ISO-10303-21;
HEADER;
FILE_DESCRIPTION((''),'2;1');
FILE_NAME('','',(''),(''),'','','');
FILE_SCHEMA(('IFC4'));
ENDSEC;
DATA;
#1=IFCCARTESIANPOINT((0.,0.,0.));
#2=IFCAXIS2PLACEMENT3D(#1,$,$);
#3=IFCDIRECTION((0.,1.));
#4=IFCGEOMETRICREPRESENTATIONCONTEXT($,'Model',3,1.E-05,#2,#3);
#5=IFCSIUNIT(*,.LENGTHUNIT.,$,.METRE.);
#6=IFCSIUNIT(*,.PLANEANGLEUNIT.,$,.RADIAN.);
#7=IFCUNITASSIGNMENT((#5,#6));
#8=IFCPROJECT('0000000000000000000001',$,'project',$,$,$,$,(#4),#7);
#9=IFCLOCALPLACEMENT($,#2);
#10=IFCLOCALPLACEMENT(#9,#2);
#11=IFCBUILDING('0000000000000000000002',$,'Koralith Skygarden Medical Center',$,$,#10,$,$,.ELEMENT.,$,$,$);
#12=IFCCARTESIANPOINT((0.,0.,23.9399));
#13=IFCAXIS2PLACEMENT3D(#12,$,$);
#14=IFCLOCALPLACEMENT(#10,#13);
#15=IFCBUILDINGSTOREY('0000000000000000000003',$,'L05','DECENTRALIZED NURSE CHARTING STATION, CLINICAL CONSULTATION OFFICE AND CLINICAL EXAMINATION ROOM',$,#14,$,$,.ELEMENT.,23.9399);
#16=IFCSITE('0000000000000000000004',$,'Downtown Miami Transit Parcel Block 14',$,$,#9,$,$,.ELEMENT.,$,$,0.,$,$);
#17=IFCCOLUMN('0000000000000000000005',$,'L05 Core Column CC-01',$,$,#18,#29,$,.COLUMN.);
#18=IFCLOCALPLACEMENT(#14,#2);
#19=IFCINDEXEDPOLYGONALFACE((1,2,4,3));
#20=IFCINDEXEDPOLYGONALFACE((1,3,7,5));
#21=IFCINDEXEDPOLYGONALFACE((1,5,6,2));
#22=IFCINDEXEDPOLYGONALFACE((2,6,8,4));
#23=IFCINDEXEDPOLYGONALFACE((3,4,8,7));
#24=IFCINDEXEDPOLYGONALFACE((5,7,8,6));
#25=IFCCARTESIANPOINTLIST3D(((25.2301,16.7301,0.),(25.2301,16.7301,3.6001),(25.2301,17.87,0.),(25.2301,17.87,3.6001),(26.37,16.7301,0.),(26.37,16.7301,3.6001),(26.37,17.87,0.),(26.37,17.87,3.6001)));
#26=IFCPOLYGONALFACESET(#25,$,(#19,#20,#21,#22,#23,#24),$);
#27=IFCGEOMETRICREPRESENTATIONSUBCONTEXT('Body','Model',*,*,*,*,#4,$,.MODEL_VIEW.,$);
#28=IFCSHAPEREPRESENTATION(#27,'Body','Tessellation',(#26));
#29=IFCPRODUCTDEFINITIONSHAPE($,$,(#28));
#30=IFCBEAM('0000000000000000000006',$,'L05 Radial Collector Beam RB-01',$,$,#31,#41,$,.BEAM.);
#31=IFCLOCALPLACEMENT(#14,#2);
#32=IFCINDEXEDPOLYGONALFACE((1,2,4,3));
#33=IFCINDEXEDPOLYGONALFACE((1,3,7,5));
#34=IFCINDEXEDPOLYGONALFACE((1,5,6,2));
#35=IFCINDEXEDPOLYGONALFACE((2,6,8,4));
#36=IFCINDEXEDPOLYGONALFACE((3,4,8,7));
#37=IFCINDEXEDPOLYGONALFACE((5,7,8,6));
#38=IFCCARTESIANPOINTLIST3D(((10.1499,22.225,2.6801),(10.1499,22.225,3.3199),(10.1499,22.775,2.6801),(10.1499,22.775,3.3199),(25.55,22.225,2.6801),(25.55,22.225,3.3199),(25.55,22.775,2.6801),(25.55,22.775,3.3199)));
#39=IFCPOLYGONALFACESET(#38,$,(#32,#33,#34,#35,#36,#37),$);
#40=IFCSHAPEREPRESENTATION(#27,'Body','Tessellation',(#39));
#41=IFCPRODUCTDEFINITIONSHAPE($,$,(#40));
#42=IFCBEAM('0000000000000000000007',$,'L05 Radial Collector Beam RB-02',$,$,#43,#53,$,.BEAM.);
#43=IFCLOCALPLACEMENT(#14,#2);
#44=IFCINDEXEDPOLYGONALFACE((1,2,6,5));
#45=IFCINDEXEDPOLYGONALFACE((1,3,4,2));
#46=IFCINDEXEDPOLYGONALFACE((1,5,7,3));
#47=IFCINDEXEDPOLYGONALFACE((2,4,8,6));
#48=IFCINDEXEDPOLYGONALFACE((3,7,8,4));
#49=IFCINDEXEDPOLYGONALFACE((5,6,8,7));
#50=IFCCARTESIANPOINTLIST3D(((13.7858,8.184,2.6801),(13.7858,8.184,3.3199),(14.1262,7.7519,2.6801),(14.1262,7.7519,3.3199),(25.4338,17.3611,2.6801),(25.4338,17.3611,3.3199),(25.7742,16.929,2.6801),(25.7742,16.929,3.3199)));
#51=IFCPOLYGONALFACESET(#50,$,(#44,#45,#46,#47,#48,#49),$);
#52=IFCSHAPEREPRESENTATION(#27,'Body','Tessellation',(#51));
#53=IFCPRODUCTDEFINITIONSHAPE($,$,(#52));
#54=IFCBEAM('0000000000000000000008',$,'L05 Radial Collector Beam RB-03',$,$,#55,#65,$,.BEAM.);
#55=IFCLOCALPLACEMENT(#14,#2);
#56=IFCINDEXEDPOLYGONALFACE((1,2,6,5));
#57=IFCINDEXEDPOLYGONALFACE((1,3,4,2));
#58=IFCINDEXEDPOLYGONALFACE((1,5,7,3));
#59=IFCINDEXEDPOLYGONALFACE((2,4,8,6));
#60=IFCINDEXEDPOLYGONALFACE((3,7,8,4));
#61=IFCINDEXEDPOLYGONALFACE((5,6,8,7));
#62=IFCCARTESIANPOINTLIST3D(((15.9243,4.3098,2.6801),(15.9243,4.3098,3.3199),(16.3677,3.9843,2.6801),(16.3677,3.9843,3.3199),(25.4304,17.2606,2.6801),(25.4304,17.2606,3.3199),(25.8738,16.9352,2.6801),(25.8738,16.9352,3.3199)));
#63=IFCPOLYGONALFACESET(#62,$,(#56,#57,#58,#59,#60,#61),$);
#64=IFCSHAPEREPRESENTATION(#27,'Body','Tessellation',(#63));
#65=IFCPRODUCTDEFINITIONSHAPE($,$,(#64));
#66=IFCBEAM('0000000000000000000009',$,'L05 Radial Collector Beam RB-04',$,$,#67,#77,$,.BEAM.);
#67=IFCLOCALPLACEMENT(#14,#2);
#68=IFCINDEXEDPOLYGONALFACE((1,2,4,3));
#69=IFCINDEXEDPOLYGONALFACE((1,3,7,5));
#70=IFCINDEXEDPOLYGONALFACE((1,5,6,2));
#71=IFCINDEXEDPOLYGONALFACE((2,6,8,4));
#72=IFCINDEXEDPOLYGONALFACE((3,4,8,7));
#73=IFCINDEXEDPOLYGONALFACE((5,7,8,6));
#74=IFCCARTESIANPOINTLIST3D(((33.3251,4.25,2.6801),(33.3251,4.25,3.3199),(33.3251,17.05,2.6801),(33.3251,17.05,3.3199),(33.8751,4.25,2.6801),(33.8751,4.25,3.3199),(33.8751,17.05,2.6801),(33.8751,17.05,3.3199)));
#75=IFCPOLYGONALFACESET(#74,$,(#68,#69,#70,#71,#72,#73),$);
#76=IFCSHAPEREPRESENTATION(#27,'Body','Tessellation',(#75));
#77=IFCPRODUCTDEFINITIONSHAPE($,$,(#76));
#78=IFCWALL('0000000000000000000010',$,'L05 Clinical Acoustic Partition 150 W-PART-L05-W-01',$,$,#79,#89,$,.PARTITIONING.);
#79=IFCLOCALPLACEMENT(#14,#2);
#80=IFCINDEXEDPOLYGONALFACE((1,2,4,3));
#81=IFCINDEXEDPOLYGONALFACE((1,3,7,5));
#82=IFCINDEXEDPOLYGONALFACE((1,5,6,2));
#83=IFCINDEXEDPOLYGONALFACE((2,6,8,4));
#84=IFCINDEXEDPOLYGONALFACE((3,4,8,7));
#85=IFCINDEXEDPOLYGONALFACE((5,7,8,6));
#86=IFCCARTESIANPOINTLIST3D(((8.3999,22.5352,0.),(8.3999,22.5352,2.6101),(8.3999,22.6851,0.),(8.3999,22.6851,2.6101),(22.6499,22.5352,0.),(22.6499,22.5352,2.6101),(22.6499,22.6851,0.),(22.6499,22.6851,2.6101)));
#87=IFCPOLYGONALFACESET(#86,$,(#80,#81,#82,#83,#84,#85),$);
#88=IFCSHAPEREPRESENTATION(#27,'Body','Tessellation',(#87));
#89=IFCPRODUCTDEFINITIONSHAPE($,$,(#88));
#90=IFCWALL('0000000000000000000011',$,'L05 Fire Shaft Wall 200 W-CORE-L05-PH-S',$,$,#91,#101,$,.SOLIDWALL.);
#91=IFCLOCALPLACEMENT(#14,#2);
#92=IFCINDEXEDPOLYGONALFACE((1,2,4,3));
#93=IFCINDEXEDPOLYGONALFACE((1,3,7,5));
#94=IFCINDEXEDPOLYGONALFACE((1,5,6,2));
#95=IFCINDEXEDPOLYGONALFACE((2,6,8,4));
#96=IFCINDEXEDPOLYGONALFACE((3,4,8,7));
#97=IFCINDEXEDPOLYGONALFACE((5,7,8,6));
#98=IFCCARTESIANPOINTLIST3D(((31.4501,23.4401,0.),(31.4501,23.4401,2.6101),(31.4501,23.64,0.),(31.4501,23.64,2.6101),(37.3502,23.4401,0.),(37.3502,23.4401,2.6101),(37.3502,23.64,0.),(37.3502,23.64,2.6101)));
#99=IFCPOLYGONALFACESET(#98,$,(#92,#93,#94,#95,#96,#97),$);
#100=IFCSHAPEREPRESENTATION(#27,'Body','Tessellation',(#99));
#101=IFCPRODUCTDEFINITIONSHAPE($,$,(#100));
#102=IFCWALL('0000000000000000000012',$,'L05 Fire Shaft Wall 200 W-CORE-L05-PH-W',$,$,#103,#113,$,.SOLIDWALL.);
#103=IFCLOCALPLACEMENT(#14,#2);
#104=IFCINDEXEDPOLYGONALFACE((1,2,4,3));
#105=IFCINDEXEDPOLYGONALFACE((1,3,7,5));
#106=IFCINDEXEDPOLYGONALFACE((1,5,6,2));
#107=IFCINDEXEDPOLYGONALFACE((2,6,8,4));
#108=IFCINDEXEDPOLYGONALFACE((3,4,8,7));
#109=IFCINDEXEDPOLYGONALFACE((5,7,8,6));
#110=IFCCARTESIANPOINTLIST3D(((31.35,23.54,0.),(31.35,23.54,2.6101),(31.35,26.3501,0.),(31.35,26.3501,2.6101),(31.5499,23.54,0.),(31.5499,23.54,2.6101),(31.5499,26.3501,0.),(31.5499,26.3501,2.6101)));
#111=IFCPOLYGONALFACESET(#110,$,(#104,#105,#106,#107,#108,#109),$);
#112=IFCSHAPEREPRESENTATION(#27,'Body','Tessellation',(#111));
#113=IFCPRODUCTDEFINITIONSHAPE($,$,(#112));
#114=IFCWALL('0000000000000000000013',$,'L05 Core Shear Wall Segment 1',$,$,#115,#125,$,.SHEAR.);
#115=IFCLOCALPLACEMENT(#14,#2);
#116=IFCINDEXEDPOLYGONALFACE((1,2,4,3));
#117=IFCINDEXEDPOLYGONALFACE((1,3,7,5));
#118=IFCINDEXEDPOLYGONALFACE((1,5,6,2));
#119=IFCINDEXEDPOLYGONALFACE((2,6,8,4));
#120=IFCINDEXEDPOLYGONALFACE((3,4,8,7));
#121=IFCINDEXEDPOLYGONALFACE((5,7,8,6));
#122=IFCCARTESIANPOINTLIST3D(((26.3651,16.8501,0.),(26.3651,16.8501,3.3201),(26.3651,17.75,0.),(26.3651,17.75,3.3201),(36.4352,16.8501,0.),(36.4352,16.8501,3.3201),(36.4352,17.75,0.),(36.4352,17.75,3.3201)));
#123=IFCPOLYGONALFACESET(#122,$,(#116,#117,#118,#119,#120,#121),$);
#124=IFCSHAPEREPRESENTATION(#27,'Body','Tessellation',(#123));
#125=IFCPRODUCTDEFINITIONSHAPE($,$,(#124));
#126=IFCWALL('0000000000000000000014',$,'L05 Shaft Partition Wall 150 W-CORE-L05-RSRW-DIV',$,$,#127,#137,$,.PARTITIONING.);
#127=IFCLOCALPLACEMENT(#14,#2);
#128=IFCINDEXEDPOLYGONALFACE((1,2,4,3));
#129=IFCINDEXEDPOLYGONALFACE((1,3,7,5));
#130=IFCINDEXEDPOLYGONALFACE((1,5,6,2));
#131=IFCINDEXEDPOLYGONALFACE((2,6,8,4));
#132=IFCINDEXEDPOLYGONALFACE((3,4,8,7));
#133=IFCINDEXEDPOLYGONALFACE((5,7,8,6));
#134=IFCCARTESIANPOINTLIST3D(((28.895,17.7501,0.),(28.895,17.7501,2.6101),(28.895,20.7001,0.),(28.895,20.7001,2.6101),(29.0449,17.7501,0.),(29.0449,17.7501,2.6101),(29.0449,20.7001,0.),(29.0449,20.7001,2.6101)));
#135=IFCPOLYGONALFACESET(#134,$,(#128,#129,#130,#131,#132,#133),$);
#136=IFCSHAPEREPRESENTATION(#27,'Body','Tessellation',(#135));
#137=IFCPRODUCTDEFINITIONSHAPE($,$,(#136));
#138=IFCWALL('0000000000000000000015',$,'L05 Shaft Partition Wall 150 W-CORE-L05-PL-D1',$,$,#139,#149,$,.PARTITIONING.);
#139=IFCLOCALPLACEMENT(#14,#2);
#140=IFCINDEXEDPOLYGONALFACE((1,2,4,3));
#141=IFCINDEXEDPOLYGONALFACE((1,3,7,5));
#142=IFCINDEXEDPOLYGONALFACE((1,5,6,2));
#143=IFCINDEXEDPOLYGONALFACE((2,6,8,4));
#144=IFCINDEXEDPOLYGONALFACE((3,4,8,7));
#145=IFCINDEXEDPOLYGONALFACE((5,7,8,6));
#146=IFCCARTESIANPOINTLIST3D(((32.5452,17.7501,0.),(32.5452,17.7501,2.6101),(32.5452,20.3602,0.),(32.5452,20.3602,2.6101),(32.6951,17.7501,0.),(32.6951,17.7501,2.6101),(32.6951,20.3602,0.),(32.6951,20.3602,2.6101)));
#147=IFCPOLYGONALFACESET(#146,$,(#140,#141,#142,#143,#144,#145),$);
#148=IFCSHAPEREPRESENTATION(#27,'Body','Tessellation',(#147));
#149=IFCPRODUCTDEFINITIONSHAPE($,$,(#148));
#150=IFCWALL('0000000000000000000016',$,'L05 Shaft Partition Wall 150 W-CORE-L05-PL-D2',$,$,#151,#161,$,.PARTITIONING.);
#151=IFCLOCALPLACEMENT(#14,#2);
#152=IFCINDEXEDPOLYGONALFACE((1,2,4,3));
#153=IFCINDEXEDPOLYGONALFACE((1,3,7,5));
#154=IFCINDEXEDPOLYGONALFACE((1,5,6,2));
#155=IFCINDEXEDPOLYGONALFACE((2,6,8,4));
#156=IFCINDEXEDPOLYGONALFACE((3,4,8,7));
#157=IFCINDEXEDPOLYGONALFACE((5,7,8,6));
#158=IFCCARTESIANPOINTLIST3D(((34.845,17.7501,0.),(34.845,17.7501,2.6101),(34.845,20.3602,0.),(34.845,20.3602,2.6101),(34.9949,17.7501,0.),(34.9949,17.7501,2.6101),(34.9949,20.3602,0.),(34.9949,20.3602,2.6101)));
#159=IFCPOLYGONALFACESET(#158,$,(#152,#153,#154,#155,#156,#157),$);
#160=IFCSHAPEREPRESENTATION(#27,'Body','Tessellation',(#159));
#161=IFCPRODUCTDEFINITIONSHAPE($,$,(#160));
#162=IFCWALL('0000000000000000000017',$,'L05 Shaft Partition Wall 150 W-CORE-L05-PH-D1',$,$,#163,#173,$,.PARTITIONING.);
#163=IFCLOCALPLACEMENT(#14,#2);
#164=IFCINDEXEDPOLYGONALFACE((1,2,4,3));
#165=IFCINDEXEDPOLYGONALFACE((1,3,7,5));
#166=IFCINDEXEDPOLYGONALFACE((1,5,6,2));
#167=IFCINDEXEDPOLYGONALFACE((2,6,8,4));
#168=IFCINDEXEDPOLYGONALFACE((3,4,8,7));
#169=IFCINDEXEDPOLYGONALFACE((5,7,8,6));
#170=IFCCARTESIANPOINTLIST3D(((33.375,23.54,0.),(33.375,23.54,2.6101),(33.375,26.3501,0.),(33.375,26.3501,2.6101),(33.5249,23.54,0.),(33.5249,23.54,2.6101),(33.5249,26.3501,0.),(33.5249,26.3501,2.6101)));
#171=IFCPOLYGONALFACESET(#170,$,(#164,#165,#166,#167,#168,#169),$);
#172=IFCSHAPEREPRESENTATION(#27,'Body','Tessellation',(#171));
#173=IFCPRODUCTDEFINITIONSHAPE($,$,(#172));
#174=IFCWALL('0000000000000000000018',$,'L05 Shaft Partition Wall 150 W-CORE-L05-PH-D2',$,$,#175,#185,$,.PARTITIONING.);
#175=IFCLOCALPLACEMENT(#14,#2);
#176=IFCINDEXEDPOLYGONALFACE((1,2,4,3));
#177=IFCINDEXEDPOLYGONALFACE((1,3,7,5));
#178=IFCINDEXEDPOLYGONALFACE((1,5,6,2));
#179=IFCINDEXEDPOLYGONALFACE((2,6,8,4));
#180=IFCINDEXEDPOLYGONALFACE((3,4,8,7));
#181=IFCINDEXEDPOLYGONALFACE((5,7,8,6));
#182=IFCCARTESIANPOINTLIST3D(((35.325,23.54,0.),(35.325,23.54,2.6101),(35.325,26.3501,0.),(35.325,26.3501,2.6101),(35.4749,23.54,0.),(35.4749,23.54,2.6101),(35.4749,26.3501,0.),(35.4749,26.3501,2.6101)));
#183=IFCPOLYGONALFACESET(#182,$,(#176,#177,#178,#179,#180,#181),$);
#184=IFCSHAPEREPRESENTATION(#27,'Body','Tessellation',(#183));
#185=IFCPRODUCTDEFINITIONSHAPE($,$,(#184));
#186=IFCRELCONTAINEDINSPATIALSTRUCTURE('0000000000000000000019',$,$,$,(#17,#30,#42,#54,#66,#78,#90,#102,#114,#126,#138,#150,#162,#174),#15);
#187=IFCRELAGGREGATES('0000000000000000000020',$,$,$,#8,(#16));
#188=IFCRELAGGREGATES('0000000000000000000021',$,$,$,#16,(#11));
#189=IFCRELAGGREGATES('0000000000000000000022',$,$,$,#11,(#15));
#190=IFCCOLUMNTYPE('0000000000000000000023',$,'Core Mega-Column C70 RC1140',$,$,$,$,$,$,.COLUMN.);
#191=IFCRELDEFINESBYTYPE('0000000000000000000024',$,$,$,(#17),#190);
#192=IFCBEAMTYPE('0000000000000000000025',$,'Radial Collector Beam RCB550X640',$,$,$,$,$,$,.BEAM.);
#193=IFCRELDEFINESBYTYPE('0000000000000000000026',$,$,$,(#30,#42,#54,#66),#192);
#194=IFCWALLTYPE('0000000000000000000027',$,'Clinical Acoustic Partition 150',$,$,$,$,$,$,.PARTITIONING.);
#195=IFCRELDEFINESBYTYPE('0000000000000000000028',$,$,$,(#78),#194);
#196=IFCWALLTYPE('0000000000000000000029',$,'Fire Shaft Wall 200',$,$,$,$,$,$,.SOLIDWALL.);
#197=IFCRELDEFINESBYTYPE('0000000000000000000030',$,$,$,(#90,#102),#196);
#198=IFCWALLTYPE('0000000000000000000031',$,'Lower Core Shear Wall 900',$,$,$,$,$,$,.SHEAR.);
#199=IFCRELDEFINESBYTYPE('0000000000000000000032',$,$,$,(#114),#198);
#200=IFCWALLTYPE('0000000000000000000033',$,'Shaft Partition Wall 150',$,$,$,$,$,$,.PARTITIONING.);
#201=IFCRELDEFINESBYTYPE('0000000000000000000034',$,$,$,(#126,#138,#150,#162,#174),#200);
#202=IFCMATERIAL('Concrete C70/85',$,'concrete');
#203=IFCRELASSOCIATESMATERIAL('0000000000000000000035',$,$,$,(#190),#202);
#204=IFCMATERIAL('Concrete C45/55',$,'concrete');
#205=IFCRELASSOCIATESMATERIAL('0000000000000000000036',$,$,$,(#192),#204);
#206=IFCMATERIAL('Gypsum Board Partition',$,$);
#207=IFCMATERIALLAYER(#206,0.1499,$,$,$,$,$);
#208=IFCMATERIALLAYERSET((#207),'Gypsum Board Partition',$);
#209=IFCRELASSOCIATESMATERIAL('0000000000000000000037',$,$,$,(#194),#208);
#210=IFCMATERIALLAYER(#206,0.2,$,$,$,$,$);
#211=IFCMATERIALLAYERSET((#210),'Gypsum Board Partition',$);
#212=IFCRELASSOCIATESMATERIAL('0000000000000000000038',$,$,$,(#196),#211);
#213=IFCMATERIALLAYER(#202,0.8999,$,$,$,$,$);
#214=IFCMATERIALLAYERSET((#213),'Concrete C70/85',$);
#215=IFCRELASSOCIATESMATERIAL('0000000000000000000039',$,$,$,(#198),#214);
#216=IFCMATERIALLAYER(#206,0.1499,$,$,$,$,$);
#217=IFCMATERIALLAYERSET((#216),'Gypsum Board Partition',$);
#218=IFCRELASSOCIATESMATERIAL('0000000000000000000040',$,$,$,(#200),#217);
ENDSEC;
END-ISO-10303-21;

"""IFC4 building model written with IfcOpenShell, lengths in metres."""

from ifc_helpers import new_model, si_unit, direction, frame, frame_2d, origin, origin_2d, place, context, subcontext, project, spatial, rectangle, extrude, material, layer, layer_set, material_profile, profile_set, type_object, element, save


model = new_model("IFC4")

# Units and contexts
model_context = context("Model", 3, precision=1e-05, world=origin(), true_north=direction((0.0, 1.0)))
body_context = subcontext(model_context, "Body", "Model", "MODEL_VIEW")
ifc_project = project(units=[si_unit("LENGTHUNIT", "METRE"), si_unit("PLANEANGLEUNIT", "RADIAN")], contexts=[model_context])

# Site, building, storey
site_placement = place(None, origin())
site = spatial("IfcSite", under=ifc_project, at=site_placement, Name="Downtown Miami Transit Parcel Block 14", CompositionType="ELEMENT", RefElevation=0.0)
building_placement = place(site_placement, origin())
building = spatial("IfcBuilding", under=site, at=building_placement, Name="Koralith Skygarden Medical Center", CompositionType="ELEMENT")
storey_placement = place(building_placement, frame((0.0, 0.0, 23.9399)))
storey = spatial("IfcBuildingStorey", under=building, at=storey_placement, Name="L05", Description="DECENTRALIZED NURSE CHARTING STATION, CLINICAL CONSULTATION OFFICE AND CLINICAL EXAMINATION ROOM", CompositionType="ELEMENT", Elevation=23.9399)

# Column
ifc_material_1 = material(Name="Concrete C70/85", Category="concrete")
ifc_material_profile_1 = material_profile(ifc_material_1, rectangle(XDim=1.1399, YDim=1.1399, at=origin_2d()), Name="RC1140X1140")
ifc_profile_set_1 = profile_set([ifc_material_profile_1], Name="Concrete C70/85")
column_type = type_object("IfcColumnType", Name="Core Mega-Column C70 RC1140", PredefinedType="COLUMN", material=ifc_profile_set_1)
column_placement = place(storey_placement, frame((25.8, 17.3, 0.0), z_axis=(0.0, 0.0, 1.0), x_axis=(1.0, 0.0, 0.0)))
element("IfcColumn", 1, at=column_placement, inside=storey, type_object=column_type, Name="L05 Core Column CC-01", PredefinedType="COLUMN", context=body_context, shape_type="SweptSolid", body=[
    extrude(rectangle(XDim=1.1399, YDim=1.1399, at=origin_2d()), origin(), (0.0, 0.0, 1.0), 3.6001),
])

# Beams
ifc_material_2 = material(Name="Concrete C45/55", Category="concrete")
ifc_material_profile_2 = material_profile(ifc_material_2, rectangle(XDim=0.55, YDim=0.6399, at=origin_2d()), Name="RCB550X640")
ifc_profile_set_2 = profile_set([ifc_material_profile_2], Name="Concrete C45/55")
beam_type = type_object("IfcBeamType", Name="Radial Collector Beam RCB550X640", PredefinedType="BEAM", material=ifc_profile_set_2)
beam_1_placement = place(storey_placement, frame((25.55, 22.5, 3.0), z_axis=(-1.0, 0.0, 0.0), x_axis=(0.0, -1.0, 0.0)))
element("IfcBeam", 2, at=beam_1_placement, inside=storey, type_object=beam_type, Name="L05 Radial Collector Beam RB-01", PredefinedType="BEAM", context=body_context, shape_type="SweptSolid", body=[
    extrude(rectangle(XDim=0.55, YDim=0.6399, at=origin_2d()), origin(), (0.0, 0.0, 1.0), 15.4001),
])
beam_2_placement = place(storey_placement, frame((25.604, 17.145, 3.0), z_axis=(-0.785497, -0.618865, 0.0), x_axis=(0.618865, -0.785497, 0.0)))
element("IfcBeam", 3, at=beam_2_placement, inside=storey, type_object=beam_type, Name="L05 Radial Collector Beam RB-02", PredefinedType="BEAM", context=body_context, shape_type="SweptSolid", body=[
    extrude(rectangle(XDim=0.55, YDim=0.6399, at=origin_2d()), origin(), (0.0, 0.0, 1.0), 14.8289),
])
beam_3_placement = place(storey_placement, frame((25.6521, 17.0979, 3.0), z_axis=(-0.591718, -0.806145, 0.0), x_axis=(0.806145, -0.591718, 0.0)))
element("IfcBeam", 4, at=beam_3_placement, inside=storey, type_object=beam_type, Name="L05 Radial Collector Beam RB-03", PredefinedType="BEAM", context=body_context, shape_type="SweptSolid", body=[
    extrude(rectangle(XDim=0.55, YDim=0.6399, at=origin_2d()), origin(), (0.0, 0.0, 1.0), 16.0652),
])
beam_4_placement = place(storey_placement, frame((33.6001, 17.05, 3.0), z_axis=(0.0, -1.0, 0.0), x_axis=(1.0, 0.0, 0.0)))
element("IfcBeam", 5, at=beam_4_placement, inside=storey, type_object=beam_type, Name="L05 Radial Collector Beam RB-04", PredefinedType="BEAM", context=body_context, shape_type="SweptSolid", body=[
    extrude(rectangle(XDim=0.55, YDim=0.6399, at=origin_2d()), origin(), (0.0, 0.0, 1.0), 12.8),
])

# Wall
ifc_material_3 = material(Name="Gypsum Board Partition")
ifc_layer_1 = layer(ifc_material_3, 0.1499)
ifc_layer_set_1 = layer_set([ifc_layer_1], Name="Gypsum Board Partition")
wall_type_1 = type_object("IfcWallType", Name="Clinical Acoustic Partition 150", PredefinedType="PARTITIONING", material=ifc_layer_set_1)
wall_1_placement = place(storey_placement, frame((22.6499, 22.6101, 0.0), z_axis=(0.0, 0.0, 1.0), x_axis=(-1.0, 0.0, 0.0)))
element("IfcWall", 6, at=wall_1_placement, inside=storey, type_object=wall_type_1, Name="L05 Clinical Acoustic Partition 150 W-PART-L05-W-01", PredefinedType="PARTITIONING", context=body_context, shape_type="SweptSolid", body=[
    extrude(rectangle(XDim=14.25, YDim=0.1499, at=frame_2d((7.125, 0.0))), origin(), (0.0, 0.0, 1.0), 2.6101),
])

# Shared definitions
ifc_layer_2 = layer(ifc_material_3, 0.2)
ifc_layer_set_2 = layer_set([ifc_layer_2], Name="Gypsum Board Partition")
wall_type_2 = type_object("IfcWallType", Name="Fire Shaft Wall 200", PredefinedType="SOLIDWALL", material=ifc_layer_set_2)

# Walls
wall_2_placement = place(storey_placement, frame((31.45, 23.54, 0.0), z_axis=(0.0, 0.0, 1.0), x_axis=(1.0, 0.0, 0.0)))
element("IfcWall", 7, at=wall_2_placement, inside=storey, type_object=wall_type_2, Name="L05 Fire Shaft Wall 200 W-CORE-L05-PH-S", PredefinedType="SOLIDWALL", context=body_context, shape_type="SweptSolid", body=[
    extrude(rectangle(XDim=5.9001, YDim=0.2, at=frame_2d((2.9502, 0.0))), origin(), (0.0, 0.0, 1.0), 2.6101),
])
wall_3_placement = place(storey_placement, frame((31.45, 23.54, 0.0), z_axis=(0.0, 0.0, 1.0), x_axis=(0.0, 1.0, 0.0)))
element("IfcWall", 8, at=wall_3_placement, inside=storey, type_object=wall_type_2, Name="L05 Fire Shaft Wall 200 W-CORE-L05-PH-W", PredefinedType="SOLIDWALL", context=body_context, shape_type="SweptSolid", body=[
    extrude(rectangle(XDim=2.8101, YDim=0.2, at=frame_2d((1.405, 0.0))), origin(), (0.0, 0.0, 1.0), 2.6101),
])
ifc_layer_3 = layer(ifc_material_1, 0.8999)
ifc_layer_set_3 = layer_set([ifc_layer_3], Name="Concrete C70/85")
wall_type_3 = type_object("IfcWallType", Name="Lower Core Shear Wall 900", PredefinedType="SHEAR", material=ifc_layer_set_3)
wall_4_placement = place(storey_placement, frame((26.365, 17.3, 0.0), z_axis=(0.0, 0.0, 1.0), x_axis=(1.0, 0.0, 0.0)))
element("IfcWall", 9, at=wall_4_placement, inside=storey, type_object=wall_type_3, Name="L05 Core Shear Wall Segment 1", PredefinedType="SHEAR", context=body_context, shape_type="SweptSolid", body=[
    extrude(rectangle(XDim=10.0701, YDim=0.8999, at=frame_2d((5.0352, 0.0))), origin(), (0.0, 0.0, 1.0), 3.3201),
])
ifc_layer_4 = layer(ifc_material_3, 0.1499)
ifc_layer_set_4 = layer_set([ifc_layer_4], Name="Gypsum Board Partition")
wall_type_4 = type_object("IfcWallType", Name="Shaft Partition Wall 150", PredefinedType="PARTITIONING", material=ifc_layer_set_4)
wall_5_placement = place(storey_placement, frame((28.97, 17.75, 0.0), z_axis=(0.0, 0.0, 1.0), x_axis=(0.0, 1.0, 0.0)))
element("IfcWall", 10, at=wall_5_placement, inside=storey, type_object=wall_type_4, Name="L05 Shaft Partition Wall 150 W-CORE-L05-RSRW-DIV", PredefinedType="PARTITIONING", context=body_context, shape_type="SweptSolid", body=[
    extrude(rectangle(XDim=2.95, YDim=0.1499, at=frame_2d((1.4751, 0.0))), origin(), (0.0, 0.0, 1.0), 2.6101),
])
for number, where, z_axis, x_axis, name in (
    (11, (32.6201, 17.75, 0.0), (0.0, 0.0, 1.0), (0.0, 1.0, 0.0), "L05 Shaft Partition Wall 150 W-CORE-L05-PL-D1"),
    (12, (34.9199, 17.75, 0.0), (0.0, 0.0, 1.0), (0.0, 1.0, 0.0), "L05 Shaft Partition Wall 150 W-CORE-L05-PL-D2"),
):
    element("IfcWall", number, at=place(storey_placement, frame(where, z_axis=z_axis, x_axis=x_axis)), inside=storey, type_object=wall_type_4, Name=name, PredefinedType="PARTITIONING", context=body_context, shape_type="SweptSolid", body=[
        extrude(rectangle(XDim=2.6101, YDim=0.1499, at=frame_2d((1.3052, 0.0))), origin(), (0.0, 0.0, 1.0), 2.6101),
    ])
for number, where, z_axis, x_axis, name in (
    (13, (33.45, 23.54, 0.0), (0.0, 0.0, 1.0), (0.0, 1.0, 0.0), "L05 Shaft Partition Wall 150 W-CORE-L05-PH-D1"),
    (14, (35.3999, 23.54, 0.0), (0.0, 0.0, 1.0), (0.0, 1.0, 0.0), "L05 Shaft Partition Wall 150 W-CORE-L05-PH-D2"),
):
    element("IfcWall", number, at=place(storey_placement, frame(where, z_axis=z_axis, x_axis=x_axis)), inside=storey, type_object=wall_type_4, Name=name, PredefinedType="PARTITIONING", context=body_context, shape_type="SweptSolid", body=[
        extrude(rectangle(XDim=2.8101, YDim=0.1499, at=frame_2d((1.405, 0.0))), origin(), (0.0, 0.0, 1.0), 2.6101),
    ])

save(model, "model.ifc")
